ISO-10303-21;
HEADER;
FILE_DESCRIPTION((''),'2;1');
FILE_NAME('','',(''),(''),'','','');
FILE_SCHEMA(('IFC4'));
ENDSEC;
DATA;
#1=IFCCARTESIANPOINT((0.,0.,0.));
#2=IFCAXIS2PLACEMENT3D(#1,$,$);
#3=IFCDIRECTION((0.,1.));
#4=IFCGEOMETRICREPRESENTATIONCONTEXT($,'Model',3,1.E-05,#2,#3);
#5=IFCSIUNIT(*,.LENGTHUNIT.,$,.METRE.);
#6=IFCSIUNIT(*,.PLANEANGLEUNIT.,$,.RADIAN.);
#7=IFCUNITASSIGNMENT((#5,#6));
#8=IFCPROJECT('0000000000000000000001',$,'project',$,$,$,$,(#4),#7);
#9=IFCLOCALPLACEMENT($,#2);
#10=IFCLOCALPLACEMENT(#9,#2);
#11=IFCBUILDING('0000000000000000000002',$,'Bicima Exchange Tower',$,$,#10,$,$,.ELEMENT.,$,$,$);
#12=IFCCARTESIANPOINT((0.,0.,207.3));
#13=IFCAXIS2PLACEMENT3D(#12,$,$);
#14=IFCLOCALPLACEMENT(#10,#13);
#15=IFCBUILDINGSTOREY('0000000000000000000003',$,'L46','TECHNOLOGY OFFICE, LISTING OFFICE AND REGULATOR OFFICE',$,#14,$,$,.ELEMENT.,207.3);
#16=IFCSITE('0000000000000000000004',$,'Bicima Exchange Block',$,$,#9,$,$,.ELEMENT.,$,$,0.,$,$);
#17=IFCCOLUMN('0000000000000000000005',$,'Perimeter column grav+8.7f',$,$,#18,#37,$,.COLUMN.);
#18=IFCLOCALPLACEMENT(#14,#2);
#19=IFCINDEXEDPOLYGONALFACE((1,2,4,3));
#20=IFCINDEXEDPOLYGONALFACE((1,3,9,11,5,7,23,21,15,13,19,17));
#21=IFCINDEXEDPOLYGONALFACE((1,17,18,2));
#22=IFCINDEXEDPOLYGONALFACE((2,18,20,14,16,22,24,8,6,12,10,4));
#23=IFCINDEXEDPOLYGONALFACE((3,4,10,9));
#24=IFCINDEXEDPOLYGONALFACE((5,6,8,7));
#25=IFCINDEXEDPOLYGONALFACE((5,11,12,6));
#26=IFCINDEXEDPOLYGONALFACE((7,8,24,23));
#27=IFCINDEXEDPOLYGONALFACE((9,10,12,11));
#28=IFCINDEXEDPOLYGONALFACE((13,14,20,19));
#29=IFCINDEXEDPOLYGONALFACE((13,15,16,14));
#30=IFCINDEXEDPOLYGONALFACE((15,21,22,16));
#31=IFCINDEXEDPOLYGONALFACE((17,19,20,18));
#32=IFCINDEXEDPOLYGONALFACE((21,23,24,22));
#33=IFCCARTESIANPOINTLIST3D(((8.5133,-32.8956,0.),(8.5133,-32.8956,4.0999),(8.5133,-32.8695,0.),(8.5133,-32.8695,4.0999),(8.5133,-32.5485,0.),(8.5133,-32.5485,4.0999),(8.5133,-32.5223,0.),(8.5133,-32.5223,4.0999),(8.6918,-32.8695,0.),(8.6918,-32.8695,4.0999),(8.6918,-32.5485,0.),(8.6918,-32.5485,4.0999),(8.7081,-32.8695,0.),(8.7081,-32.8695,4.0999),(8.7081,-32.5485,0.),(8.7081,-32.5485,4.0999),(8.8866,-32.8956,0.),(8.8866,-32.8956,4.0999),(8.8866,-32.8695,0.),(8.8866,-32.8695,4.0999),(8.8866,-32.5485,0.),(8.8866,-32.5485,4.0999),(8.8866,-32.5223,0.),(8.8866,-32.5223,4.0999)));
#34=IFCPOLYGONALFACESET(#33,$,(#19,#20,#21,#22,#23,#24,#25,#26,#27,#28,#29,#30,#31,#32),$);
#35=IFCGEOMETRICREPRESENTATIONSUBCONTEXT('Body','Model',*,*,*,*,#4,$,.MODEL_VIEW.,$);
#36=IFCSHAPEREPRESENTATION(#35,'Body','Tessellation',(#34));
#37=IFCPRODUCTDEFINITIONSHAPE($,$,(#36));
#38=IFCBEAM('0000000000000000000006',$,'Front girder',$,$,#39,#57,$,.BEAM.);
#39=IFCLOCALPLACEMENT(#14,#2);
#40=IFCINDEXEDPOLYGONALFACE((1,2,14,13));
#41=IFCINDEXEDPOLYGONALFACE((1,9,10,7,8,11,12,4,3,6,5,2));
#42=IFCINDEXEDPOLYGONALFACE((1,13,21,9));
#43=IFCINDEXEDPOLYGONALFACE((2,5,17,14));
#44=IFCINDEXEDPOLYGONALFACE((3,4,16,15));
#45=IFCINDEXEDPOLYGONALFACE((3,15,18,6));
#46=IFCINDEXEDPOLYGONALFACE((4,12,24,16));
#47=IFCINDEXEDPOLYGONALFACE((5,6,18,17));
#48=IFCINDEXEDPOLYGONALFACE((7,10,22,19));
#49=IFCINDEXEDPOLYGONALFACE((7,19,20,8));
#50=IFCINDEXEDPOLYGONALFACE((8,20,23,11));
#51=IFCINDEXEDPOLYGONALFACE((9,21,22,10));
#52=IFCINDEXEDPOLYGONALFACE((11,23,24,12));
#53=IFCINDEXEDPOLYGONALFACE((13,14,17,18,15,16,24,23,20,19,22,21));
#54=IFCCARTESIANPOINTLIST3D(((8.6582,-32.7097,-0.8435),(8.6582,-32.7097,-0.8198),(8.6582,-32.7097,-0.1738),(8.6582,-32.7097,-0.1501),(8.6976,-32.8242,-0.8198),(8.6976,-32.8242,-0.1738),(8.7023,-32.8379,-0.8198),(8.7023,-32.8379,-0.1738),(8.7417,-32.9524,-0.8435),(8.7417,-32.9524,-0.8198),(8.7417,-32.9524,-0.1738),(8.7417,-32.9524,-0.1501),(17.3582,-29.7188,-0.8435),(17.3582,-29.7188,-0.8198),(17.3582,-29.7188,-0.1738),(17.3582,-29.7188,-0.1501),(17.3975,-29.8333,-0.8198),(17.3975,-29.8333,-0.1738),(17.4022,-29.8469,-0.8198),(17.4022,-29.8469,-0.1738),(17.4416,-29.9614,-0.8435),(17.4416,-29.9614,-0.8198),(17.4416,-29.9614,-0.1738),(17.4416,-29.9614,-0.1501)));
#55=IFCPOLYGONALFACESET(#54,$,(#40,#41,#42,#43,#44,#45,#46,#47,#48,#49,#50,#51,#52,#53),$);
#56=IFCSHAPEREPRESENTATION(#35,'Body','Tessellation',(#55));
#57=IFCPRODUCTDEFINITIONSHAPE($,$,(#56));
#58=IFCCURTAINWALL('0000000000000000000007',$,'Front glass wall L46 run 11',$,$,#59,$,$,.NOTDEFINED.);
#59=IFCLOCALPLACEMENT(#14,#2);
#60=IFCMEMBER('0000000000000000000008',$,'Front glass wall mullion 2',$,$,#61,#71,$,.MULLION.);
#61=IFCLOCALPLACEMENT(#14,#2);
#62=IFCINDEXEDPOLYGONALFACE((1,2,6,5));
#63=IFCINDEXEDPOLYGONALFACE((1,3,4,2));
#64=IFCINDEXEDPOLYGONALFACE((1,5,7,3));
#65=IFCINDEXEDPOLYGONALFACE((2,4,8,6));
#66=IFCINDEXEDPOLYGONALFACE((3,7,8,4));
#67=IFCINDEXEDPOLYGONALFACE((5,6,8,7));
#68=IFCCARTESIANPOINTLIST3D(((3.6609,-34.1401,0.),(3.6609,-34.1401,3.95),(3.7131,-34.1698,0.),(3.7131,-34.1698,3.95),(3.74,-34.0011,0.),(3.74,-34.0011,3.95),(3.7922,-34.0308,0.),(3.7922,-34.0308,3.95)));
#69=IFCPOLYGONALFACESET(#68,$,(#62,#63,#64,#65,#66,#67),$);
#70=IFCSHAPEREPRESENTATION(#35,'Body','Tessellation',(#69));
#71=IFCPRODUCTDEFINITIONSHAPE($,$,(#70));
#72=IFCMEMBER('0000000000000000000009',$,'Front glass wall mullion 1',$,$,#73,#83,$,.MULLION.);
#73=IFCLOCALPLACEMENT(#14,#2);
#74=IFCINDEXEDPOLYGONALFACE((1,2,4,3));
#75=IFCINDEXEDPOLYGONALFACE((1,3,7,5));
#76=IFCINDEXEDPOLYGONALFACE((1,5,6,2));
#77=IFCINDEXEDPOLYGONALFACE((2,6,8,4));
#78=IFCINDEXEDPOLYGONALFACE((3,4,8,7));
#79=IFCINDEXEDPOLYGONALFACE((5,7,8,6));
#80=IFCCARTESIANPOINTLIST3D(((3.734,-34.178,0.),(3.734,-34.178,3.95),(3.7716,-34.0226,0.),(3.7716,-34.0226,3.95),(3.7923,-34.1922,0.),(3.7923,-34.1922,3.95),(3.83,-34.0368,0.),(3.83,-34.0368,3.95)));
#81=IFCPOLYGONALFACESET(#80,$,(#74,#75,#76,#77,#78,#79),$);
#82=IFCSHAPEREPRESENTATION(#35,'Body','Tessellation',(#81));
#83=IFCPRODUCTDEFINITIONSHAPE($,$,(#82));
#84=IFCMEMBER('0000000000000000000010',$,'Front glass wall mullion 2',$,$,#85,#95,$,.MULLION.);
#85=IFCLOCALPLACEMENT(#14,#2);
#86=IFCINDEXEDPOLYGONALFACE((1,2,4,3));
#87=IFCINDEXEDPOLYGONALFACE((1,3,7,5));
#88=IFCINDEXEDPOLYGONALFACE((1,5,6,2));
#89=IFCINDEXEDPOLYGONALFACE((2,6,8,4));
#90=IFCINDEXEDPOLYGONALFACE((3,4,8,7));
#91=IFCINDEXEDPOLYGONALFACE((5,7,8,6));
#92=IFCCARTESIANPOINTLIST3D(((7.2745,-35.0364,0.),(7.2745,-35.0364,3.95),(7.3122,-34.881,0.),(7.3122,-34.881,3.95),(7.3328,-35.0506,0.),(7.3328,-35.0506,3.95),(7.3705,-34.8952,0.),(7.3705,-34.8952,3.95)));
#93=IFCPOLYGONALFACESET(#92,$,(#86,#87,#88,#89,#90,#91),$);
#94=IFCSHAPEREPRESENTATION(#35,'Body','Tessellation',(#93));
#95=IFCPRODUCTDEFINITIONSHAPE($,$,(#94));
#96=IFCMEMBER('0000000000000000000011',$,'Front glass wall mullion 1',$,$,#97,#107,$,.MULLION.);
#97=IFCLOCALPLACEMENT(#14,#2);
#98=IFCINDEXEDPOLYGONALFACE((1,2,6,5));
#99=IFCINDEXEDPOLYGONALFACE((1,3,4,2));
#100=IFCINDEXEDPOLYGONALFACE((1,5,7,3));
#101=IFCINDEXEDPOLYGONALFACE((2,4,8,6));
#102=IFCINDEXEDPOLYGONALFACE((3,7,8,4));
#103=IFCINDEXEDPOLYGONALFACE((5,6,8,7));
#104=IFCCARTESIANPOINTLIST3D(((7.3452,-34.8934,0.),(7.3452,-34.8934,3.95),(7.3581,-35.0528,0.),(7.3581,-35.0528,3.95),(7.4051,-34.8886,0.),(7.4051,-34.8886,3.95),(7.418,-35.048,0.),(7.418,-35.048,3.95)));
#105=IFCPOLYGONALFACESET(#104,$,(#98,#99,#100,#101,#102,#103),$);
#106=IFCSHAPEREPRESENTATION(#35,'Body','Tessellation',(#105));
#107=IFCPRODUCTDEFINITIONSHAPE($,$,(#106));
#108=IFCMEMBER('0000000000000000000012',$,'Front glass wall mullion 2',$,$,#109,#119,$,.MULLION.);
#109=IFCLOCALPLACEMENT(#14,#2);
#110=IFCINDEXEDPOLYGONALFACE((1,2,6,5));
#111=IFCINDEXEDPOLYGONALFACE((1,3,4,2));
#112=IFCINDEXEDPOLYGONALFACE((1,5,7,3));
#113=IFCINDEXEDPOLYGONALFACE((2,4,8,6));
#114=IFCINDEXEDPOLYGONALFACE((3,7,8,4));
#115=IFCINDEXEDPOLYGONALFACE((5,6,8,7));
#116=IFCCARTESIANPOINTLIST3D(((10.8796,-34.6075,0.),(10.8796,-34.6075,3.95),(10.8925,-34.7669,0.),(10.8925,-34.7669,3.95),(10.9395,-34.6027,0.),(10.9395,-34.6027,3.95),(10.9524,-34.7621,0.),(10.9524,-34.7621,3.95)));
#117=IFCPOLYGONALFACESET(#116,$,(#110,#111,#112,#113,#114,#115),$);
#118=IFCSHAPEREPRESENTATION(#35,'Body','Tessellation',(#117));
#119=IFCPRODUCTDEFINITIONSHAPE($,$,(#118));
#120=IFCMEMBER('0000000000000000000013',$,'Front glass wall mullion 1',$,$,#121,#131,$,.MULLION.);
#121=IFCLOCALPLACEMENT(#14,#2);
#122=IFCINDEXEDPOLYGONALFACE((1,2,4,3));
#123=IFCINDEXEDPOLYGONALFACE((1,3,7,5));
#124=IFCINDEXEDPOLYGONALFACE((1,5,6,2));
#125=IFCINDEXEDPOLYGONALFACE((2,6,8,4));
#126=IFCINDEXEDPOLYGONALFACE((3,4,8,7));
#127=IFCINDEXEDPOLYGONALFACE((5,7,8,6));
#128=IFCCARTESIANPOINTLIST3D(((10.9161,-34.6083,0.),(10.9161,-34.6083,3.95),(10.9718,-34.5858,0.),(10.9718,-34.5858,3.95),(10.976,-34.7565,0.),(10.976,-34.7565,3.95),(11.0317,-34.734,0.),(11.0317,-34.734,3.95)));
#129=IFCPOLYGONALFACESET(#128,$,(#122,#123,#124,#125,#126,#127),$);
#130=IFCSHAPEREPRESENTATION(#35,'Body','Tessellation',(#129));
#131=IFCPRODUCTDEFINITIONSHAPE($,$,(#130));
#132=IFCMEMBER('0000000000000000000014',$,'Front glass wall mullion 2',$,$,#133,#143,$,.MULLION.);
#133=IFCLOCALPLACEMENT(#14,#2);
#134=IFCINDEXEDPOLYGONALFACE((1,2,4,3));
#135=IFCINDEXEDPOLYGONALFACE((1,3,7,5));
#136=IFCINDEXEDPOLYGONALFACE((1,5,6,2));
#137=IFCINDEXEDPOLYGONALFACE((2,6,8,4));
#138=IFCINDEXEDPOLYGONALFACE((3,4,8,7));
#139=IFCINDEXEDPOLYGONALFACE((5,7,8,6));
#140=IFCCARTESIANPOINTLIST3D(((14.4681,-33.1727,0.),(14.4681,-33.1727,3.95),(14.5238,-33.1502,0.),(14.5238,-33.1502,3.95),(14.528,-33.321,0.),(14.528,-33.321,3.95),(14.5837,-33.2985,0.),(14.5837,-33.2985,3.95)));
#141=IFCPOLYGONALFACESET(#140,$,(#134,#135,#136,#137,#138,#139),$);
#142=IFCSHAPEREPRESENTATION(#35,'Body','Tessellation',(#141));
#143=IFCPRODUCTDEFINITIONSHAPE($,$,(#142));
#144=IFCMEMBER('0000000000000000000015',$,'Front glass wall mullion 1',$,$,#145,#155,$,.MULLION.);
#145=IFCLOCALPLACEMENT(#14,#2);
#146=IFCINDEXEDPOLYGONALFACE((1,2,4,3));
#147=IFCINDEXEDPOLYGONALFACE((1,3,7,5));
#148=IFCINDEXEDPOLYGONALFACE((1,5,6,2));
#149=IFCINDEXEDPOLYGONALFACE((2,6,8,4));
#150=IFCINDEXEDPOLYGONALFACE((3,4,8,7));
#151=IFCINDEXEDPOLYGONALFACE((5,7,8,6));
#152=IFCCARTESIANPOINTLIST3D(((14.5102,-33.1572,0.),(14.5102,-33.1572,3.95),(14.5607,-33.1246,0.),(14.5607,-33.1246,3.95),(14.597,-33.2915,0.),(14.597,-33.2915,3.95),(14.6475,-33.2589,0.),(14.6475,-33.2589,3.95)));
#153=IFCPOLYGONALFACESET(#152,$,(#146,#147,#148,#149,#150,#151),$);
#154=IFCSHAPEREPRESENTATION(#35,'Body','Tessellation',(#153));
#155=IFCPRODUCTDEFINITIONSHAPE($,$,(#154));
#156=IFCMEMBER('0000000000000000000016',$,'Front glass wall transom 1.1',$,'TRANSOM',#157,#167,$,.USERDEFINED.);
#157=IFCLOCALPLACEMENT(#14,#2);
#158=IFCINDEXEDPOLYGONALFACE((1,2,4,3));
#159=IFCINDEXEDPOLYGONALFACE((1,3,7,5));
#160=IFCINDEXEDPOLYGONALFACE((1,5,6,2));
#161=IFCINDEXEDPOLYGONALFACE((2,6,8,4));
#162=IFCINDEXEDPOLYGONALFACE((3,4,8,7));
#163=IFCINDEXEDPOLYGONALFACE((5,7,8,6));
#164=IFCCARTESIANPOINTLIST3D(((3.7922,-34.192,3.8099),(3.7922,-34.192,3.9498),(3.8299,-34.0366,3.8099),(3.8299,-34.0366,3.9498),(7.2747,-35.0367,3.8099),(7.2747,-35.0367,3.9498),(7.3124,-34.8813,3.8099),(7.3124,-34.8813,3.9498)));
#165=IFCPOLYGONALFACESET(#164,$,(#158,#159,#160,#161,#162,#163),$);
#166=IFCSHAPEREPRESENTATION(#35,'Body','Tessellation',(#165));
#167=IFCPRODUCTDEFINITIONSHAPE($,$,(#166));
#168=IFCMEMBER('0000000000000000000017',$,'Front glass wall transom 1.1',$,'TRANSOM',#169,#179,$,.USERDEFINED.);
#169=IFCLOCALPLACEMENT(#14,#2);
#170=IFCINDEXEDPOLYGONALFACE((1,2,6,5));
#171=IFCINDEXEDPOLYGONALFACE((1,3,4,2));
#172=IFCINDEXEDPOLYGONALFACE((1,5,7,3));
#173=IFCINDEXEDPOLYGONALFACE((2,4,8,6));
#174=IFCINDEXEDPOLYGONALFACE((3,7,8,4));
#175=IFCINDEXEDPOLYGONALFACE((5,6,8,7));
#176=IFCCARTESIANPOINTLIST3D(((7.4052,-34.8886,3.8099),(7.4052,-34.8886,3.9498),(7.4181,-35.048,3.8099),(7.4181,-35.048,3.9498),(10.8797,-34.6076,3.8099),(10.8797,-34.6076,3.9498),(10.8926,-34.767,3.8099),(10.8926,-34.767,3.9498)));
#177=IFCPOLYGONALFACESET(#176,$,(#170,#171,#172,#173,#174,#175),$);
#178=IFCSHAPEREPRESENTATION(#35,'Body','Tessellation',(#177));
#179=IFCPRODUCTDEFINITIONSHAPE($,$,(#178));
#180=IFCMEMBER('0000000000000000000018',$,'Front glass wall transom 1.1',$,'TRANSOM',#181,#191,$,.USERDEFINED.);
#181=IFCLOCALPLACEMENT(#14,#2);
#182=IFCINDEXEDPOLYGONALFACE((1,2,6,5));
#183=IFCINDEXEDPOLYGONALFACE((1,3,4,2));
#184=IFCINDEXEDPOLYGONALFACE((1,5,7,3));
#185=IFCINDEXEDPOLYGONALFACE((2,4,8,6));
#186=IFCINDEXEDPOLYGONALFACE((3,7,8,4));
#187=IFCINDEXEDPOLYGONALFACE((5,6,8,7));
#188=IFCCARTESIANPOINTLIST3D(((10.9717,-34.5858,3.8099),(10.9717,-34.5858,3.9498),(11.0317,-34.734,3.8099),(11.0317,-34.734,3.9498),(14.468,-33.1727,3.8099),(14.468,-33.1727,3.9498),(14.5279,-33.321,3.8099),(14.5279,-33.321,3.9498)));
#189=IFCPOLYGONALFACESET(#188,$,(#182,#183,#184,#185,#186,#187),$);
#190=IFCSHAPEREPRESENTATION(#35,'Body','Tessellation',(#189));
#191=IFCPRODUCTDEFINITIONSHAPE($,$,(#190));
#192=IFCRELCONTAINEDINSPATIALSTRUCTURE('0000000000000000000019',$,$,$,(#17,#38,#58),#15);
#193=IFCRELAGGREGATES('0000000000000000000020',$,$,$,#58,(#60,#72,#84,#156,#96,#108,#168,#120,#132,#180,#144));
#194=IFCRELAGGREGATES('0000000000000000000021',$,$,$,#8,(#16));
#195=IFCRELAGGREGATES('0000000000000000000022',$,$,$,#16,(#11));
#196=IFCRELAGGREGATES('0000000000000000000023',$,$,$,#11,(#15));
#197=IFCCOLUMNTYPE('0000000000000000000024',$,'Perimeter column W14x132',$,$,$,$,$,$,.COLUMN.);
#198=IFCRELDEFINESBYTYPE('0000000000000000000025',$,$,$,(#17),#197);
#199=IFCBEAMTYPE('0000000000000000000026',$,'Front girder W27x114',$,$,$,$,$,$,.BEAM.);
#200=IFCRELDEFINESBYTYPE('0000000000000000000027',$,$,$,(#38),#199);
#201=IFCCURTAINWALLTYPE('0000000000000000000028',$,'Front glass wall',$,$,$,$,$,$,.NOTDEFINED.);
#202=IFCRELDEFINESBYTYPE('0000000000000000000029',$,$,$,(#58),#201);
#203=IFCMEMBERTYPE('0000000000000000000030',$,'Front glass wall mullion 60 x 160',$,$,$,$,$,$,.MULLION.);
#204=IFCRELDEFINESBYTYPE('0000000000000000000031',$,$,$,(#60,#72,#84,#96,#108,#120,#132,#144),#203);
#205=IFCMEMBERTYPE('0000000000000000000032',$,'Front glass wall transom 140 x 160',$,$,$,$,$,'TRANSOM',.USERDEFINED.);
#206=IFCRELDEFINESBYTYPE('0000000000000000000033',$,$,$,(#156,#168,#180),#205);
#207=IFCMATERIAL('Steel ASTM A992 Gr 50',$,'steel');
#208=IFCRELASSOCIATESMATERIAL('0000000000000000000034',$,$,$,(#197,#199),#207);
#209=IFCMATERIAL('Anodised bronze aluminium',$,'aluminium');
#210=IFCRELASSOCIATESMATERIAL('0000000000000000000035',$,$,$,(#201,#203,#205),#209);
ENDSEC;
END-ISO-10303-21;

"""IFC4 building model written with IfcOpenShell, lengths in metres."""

from ifc_helpers import new_model, si_unit, direction, frame, origin, origin_2d, place, context, subcontext, project, spatial, rectangle, i_section, extrude, material, material_profile, profile_set, type_object, element, aggregate, save


model = new_model("IFC4")

# Units and contexts
model_context = context("Model", 3, precision=1e-05, world=origin(), true_north=direction((0.0, 1.0)))
body_context = subcontext(model_context, "Body", "Model", "MODEL_VIEW")
ifc_project = project(units=[si_unit("LENGTHUNIT", "METRE"), si_unit("PLANEANGLEUNIT", "RADIAN")], contexts=[model_context])

# Site, building, storey
site_placement = place(None, origin())
site = spatial("IfcSite", under=ifc_project, at=site_placement, Name="Bicima Exchange Block", CompositionType="ELEMENT", RefElevation=0.0)
building_placement = place(site_placement, origin())
building = spatial("IfcBuilding", under=site, at=building_placement, Name="Bicima Exchange Tower", CompositionType="ELEMENT")
storey_placement = place(building_placement, frame((0.0, 0.0, 207.3)))
storey = spatial("IfcBuildingStorey", under=building, at=storey_placement, Name="L46", Description="TECHNOLOGY OFFICE, LISTING OFFICE AND REGULATOR OFFICE", CompositionType="ELEMENT", Elevation=207.3)

# Column
ifc_material_1 = material(Name="Steel ASTM A992 Gr 50", Category="steel")
ifc_material_profile_1 = material_profile(ifc_material_1, i_section(OverallWidth=0.3733, OverallDepth=0.3733, WebThickness=0.0164, FlangeThickness=0.0261, at=origin_2d()))
ifc_profile_set_1 = profile_set([ifc_material_profile_1], Name="Steel ASTM A992 Gr 50")
column_type = type_object("IfcColumnType", Name="Perimeter column W14x132", PredefinedType="COLUMN", material=ifc_profile_set_1)
column_placement = place(storey_placement, frame((8.7, -32.709, 0.0), z_axis=(0.0, 0.0, 1.0), x_axis=(1.0, 0.0, 0.0)))
element("IfcColumn", 1, at=column_placement, inside=storey, type_object=column_type, Name="Perimeter column grav+8.7f", PredefinedType="COLUMN", context=body_context, shape_type="SweptSolid", body=[
    extrude(i_section(OverallWidth=0.3733, OverallDepth=0.3733, WebThickness=0.0164, FlangeThickness=0.0261, at=origin_2d()), origin(), (0.0, 0.0, 1.0), 4.0999),
])

# Beam
ifc_material_profile_2 = material_profile(ifc_material_1, i_section(OverallWidth=0.2566, OverallDepth=0.6934, WebThickness=0.0144, FlangeThickness=0.0237, at=origin_2d()))
ifc_profile_set_2 = profile_set([ifc_material_profile_2], Name="Steel ASTM A992 Gr 50")
beam_type = type_object("IfcBeamType", Name="Front girder W27x114", PredefinedType="BEAM", material=ifc_profile_set_2)
beam_placement = place(storey_placement, frame((8.7, -32.8311, -0.4968), z_axis=(0.945675, 0.325115, 0.0), x_axis=(-0.325115, 0.945675, 0.0)))
element("IfcBeam", 2, at=beam_placement, inside=storey, type_object=beam_type, Name="Front girder", PredefinedType="BEAM", context=body_context, shape_type="SweptSolid", body=[
    extrude(i_section(OverallWidth=0.2566, OverallDepth=0.6934, WebThickness=0.0144, FlangeThickness=0.0237, at=origin_2d()), origin(), (0.0, 0.0, 1.0), 9.1997),
])

# Curtain wall, members
ifc_material_2 = material(Name="Anodised bronze aluminium", Category="aluminium")
curtain_wall_type = type_object("IfcCurtainWallType", Name="Front glass wall", PredefinedType="NOTDEFINED", material=ifc_material_2)
curtain_wall_placement = place(storey_placement, origin())
curtain_wall = element("IfcCurtainWall", 3, at=curtain_wall_placement, inside=storey, type_object=curtain_wall_type, Name="Front glass wall L46 run 11", PredefinedType="NOTDEFINED")
ifc_material_profile_3 = material_profile(ifc_material_2, rectangle(XDim=0.1599, YDim=0.0601, at=origin_2d()))
ifc_profile_set_3 = profile_set([ifc_material_profile_3], Name="Anodised bronze aluminium")
member_type_1 = type_object("IfcMemberType", Name="Front glass wall mullion 60 x 160", PredefinedType="MULLION", material=ifc_profile_set_3)
member_1_placement = place(storey_placement, frame((3.7266, -34.0854, 0.0), z_axis=(0.0, 0.0, 1.0), x_axis=(0.49433, 0.869274, 0.0)))
member_1 = element("IfcMember", 4, at=member_1_placement, type_object=member_type_1, Name="Front glass wall mullion 2", PredefinedType="MULLION", context=body_context, shape_type="SweptSolid", body=[
    extrude(rectangle(XDim=0.1599, YDim=0.0601, at=origin_2d()), origin(), (0.0, 0.0, 1.0), 3.95),
])
member_2_placement = place(storey_placement, frame((3.782, -34.1074, 0.0), z_axis=(0.0, 0.0, 1.0), x_axis=(0.235682, 0.97183, 0.0)))
member_2 = element("IfcMember", 5, at=member_2_placement, type_object=member_type_1, Name="Front glass wall mullion 1", PredefinedType="MULLION", context=body_context, shape_type="SweptSolid", body=[
    extrude(rectangle(XDim=0.1599, YDim=0.0601, at=origin_2d()), origin(), (0.0, 0.0, 1.0), 3.95),
])
member_3_placement = place(storey_placement, frame((7.3225, -34.9658, 0.0), z_axis=(0.0, 0.0, 1.0), x_axis=(0.235682, 0.97183, 0.0)))
member_3 = element("IfcMember", 6, at=member_3_placement, type_object=member_type_1, Name="Front glass wall mullion 2", PredefinedType="MULLION", context=body_context, shape_type="SweptSolid", body=[
    extrude(rectangle(XDim=0.1599, YDim=0.0601, at=origin_2d()), origin(), (0.0, 0.0, 1.0), 3.95),
])
member_4_placement = place(storey_placement, frame((7.3816, -34.9707, 0.0), z_axis=(0.0, 0.0, 1.0), x_axis=(-0.080589, 0.996747, 0.0)))
member_4 = element("IfcMember", 7, at=member_4_placement, type_object=member_type_1, Name="Front glass wall mullion 1", PredefinedType="MULLION", context=body_context, shape_type="SweptSolid", body=[
    extrude(rectangle(XDim=0.1599, YDim=0.0601, at=origin_2d()), origin(), (0.0, 0.0, 1.0), 3.95),
])
member_5_placement = place(storey_placement, frame((10.916, -34.6848, 0.0), z_axis=(0.0, 0.0, 1.0), x_axis=(-0.080589, 0.996747, 0.0)))
member_5 = element("IfcMember", 8, at=member_5_placement, type_object=member_type_1, Name="Front glass wall mullion 2", PredefinedType="MULLION", context=body_context, shape_type="SweptSolid", body=[
    extrude(rectangle(XDim=0.1599, YDim=0.0601, at=origin_2d()), origin(), (0.0, 0.0, 1.0), 3.95),
])
member_6_placement = place(storey_placement, frame((10.9739, -34.6711, 0.0), z_axis=(0.0, 0.0, 1.0), x_axis=(-0.374705, 0.927144, 0.0)))
member_6 = element("IfcMember", 9, at=member_6_placement, type_object=member_type_1, Name="Front glass wall mullion 1", PredefinedType="MULLION", context=body_context, shape_type="SweptSolid", body=[
    extrude(rectangle(XDim=0.1599, YDim=0.0601, at=origin_2d()), origin(), (0.0, 0.0, 1.0), 3.95),
])
member_7_placement = place(storey_placement, frame((14.5259, -33.2356, 0.0), z_axis=(0.0, 0.0, 1.0), x_axis=(-0.374705, 0.927144, 0.0)))
member_7 = element("IfcMember", 10, at=member_7_placement, type_object=member_type_1, Name="Front glass wall mullion 2", PredefinedType="MULLION", context=body_context, shape_type="SweptSolid", body=[
    extrude(rectangle(XDim=0.1599, YDim=0.0601, at=origin_2d()), origin(), (0.0, 0.0, 1.0), 3.95),
])
member_8_placement = place(storey_placement, frame((14.5789, -33.208, 0.0), z_axis=(0.0, 0.0, 1.0), x_axis=(-0.542909, 0.839791, 0.0)))
member_8 = element("IfcMember", 11, at=member_8_placement, type_object=member_type_1, Name="Front glass wall mullion 1", PredefinedType="MULLION", context=body_context, shape_type="SweptSolid", body=[
    extrude(rectangle(XDim=0.1599, YDim=0.0601, at=origin_2d()), origin(), (0.0, 0.0, 1.0), 3.95),
])
ifc_material_profile_4 = material_profile(ifc_material_2, rectangle(XDim=0.1599, YDim=0.1399, at=origin_2d()))
ifc_profile_set_4 = profile_set([ifc_material_profile_4], Name="Anodised bronze aluminium")
member_type_2 = type_object("IfcMemberType", Name="Front glass wall transom 140 x 160", ElementType="TRANSOM", PredefinedType="USERDEFINED", material=ifc_profile_set_4)
member_9_placement = place(storey_placement, frame((3.811, -34.1143, 3.8799), z_axis=(0.971818, -0.235733, 0.0), x_axis=(0.235733, 0.971818, 0.0)))
member_9 = element("IfcMember", 12, at=member_9_placement, type_object=member_type_2, Name="Front glass wall transom 1.1", ObjectType="TRANSOM", PredefinedType="USERDEFINED", context=body_context, shape_type="SweptSolid", body=[
    extrude(rectangle(XDim=0.1599, YDim=0.1399, at=origin_2d()), origin(), (0.0, 0.0, 1.0), 3.5835),
])
member_10_placement = place(storey_placement, frame((7.4116, -34.9683, 3.8799), z_axis=(0.996746, 0.080611, 0.0), x_axis=(-0.080611, 0.996746, 0.0)))
member_10 = element("IfcMember", 13, at=member_10_placement, type_object=member_type_2, Name="Front glass wall transom 1.1", ObjectType="TRANSOM", PredefinedType="USERDEFINED", context=body_context, shape_type="SweptSolid", body=[
    extrude(rectangle(XDim=0.1599, YDim=0.1399, at=origin_2d()), origin(), (0.0, 0.0, 1.0), 3.4858),
])
member_11_placement = place(storey_placement, frame((11.0017, -34.6599, 3.8799), z_axis=(0.92714, 0.374715, 0.0), x_axis=(-0.374715, 0.92714, 0.0)))
member_11 = element("IfcMember", 14, at=member_11_placement, type_object=member_type_2, Name="Front glass wall transom 1.1", ObjectType="TRANSOM", PredefinedType="USERDEFINED", context=body_context, shape_type="SweptSolid", body=[
    extrude(rectangle(XDim=0.1599, YDim=0.1399, at=origin_2d()), origin(), (0.0, 0.0, 1.0), 3.771),
])
aggregate(curtain_wall, [member_1, member_2, member_3, member_9, member_4, member_5, member_10, member_6, member_7, member_11, member_8])

save(model, "model.ifc")
